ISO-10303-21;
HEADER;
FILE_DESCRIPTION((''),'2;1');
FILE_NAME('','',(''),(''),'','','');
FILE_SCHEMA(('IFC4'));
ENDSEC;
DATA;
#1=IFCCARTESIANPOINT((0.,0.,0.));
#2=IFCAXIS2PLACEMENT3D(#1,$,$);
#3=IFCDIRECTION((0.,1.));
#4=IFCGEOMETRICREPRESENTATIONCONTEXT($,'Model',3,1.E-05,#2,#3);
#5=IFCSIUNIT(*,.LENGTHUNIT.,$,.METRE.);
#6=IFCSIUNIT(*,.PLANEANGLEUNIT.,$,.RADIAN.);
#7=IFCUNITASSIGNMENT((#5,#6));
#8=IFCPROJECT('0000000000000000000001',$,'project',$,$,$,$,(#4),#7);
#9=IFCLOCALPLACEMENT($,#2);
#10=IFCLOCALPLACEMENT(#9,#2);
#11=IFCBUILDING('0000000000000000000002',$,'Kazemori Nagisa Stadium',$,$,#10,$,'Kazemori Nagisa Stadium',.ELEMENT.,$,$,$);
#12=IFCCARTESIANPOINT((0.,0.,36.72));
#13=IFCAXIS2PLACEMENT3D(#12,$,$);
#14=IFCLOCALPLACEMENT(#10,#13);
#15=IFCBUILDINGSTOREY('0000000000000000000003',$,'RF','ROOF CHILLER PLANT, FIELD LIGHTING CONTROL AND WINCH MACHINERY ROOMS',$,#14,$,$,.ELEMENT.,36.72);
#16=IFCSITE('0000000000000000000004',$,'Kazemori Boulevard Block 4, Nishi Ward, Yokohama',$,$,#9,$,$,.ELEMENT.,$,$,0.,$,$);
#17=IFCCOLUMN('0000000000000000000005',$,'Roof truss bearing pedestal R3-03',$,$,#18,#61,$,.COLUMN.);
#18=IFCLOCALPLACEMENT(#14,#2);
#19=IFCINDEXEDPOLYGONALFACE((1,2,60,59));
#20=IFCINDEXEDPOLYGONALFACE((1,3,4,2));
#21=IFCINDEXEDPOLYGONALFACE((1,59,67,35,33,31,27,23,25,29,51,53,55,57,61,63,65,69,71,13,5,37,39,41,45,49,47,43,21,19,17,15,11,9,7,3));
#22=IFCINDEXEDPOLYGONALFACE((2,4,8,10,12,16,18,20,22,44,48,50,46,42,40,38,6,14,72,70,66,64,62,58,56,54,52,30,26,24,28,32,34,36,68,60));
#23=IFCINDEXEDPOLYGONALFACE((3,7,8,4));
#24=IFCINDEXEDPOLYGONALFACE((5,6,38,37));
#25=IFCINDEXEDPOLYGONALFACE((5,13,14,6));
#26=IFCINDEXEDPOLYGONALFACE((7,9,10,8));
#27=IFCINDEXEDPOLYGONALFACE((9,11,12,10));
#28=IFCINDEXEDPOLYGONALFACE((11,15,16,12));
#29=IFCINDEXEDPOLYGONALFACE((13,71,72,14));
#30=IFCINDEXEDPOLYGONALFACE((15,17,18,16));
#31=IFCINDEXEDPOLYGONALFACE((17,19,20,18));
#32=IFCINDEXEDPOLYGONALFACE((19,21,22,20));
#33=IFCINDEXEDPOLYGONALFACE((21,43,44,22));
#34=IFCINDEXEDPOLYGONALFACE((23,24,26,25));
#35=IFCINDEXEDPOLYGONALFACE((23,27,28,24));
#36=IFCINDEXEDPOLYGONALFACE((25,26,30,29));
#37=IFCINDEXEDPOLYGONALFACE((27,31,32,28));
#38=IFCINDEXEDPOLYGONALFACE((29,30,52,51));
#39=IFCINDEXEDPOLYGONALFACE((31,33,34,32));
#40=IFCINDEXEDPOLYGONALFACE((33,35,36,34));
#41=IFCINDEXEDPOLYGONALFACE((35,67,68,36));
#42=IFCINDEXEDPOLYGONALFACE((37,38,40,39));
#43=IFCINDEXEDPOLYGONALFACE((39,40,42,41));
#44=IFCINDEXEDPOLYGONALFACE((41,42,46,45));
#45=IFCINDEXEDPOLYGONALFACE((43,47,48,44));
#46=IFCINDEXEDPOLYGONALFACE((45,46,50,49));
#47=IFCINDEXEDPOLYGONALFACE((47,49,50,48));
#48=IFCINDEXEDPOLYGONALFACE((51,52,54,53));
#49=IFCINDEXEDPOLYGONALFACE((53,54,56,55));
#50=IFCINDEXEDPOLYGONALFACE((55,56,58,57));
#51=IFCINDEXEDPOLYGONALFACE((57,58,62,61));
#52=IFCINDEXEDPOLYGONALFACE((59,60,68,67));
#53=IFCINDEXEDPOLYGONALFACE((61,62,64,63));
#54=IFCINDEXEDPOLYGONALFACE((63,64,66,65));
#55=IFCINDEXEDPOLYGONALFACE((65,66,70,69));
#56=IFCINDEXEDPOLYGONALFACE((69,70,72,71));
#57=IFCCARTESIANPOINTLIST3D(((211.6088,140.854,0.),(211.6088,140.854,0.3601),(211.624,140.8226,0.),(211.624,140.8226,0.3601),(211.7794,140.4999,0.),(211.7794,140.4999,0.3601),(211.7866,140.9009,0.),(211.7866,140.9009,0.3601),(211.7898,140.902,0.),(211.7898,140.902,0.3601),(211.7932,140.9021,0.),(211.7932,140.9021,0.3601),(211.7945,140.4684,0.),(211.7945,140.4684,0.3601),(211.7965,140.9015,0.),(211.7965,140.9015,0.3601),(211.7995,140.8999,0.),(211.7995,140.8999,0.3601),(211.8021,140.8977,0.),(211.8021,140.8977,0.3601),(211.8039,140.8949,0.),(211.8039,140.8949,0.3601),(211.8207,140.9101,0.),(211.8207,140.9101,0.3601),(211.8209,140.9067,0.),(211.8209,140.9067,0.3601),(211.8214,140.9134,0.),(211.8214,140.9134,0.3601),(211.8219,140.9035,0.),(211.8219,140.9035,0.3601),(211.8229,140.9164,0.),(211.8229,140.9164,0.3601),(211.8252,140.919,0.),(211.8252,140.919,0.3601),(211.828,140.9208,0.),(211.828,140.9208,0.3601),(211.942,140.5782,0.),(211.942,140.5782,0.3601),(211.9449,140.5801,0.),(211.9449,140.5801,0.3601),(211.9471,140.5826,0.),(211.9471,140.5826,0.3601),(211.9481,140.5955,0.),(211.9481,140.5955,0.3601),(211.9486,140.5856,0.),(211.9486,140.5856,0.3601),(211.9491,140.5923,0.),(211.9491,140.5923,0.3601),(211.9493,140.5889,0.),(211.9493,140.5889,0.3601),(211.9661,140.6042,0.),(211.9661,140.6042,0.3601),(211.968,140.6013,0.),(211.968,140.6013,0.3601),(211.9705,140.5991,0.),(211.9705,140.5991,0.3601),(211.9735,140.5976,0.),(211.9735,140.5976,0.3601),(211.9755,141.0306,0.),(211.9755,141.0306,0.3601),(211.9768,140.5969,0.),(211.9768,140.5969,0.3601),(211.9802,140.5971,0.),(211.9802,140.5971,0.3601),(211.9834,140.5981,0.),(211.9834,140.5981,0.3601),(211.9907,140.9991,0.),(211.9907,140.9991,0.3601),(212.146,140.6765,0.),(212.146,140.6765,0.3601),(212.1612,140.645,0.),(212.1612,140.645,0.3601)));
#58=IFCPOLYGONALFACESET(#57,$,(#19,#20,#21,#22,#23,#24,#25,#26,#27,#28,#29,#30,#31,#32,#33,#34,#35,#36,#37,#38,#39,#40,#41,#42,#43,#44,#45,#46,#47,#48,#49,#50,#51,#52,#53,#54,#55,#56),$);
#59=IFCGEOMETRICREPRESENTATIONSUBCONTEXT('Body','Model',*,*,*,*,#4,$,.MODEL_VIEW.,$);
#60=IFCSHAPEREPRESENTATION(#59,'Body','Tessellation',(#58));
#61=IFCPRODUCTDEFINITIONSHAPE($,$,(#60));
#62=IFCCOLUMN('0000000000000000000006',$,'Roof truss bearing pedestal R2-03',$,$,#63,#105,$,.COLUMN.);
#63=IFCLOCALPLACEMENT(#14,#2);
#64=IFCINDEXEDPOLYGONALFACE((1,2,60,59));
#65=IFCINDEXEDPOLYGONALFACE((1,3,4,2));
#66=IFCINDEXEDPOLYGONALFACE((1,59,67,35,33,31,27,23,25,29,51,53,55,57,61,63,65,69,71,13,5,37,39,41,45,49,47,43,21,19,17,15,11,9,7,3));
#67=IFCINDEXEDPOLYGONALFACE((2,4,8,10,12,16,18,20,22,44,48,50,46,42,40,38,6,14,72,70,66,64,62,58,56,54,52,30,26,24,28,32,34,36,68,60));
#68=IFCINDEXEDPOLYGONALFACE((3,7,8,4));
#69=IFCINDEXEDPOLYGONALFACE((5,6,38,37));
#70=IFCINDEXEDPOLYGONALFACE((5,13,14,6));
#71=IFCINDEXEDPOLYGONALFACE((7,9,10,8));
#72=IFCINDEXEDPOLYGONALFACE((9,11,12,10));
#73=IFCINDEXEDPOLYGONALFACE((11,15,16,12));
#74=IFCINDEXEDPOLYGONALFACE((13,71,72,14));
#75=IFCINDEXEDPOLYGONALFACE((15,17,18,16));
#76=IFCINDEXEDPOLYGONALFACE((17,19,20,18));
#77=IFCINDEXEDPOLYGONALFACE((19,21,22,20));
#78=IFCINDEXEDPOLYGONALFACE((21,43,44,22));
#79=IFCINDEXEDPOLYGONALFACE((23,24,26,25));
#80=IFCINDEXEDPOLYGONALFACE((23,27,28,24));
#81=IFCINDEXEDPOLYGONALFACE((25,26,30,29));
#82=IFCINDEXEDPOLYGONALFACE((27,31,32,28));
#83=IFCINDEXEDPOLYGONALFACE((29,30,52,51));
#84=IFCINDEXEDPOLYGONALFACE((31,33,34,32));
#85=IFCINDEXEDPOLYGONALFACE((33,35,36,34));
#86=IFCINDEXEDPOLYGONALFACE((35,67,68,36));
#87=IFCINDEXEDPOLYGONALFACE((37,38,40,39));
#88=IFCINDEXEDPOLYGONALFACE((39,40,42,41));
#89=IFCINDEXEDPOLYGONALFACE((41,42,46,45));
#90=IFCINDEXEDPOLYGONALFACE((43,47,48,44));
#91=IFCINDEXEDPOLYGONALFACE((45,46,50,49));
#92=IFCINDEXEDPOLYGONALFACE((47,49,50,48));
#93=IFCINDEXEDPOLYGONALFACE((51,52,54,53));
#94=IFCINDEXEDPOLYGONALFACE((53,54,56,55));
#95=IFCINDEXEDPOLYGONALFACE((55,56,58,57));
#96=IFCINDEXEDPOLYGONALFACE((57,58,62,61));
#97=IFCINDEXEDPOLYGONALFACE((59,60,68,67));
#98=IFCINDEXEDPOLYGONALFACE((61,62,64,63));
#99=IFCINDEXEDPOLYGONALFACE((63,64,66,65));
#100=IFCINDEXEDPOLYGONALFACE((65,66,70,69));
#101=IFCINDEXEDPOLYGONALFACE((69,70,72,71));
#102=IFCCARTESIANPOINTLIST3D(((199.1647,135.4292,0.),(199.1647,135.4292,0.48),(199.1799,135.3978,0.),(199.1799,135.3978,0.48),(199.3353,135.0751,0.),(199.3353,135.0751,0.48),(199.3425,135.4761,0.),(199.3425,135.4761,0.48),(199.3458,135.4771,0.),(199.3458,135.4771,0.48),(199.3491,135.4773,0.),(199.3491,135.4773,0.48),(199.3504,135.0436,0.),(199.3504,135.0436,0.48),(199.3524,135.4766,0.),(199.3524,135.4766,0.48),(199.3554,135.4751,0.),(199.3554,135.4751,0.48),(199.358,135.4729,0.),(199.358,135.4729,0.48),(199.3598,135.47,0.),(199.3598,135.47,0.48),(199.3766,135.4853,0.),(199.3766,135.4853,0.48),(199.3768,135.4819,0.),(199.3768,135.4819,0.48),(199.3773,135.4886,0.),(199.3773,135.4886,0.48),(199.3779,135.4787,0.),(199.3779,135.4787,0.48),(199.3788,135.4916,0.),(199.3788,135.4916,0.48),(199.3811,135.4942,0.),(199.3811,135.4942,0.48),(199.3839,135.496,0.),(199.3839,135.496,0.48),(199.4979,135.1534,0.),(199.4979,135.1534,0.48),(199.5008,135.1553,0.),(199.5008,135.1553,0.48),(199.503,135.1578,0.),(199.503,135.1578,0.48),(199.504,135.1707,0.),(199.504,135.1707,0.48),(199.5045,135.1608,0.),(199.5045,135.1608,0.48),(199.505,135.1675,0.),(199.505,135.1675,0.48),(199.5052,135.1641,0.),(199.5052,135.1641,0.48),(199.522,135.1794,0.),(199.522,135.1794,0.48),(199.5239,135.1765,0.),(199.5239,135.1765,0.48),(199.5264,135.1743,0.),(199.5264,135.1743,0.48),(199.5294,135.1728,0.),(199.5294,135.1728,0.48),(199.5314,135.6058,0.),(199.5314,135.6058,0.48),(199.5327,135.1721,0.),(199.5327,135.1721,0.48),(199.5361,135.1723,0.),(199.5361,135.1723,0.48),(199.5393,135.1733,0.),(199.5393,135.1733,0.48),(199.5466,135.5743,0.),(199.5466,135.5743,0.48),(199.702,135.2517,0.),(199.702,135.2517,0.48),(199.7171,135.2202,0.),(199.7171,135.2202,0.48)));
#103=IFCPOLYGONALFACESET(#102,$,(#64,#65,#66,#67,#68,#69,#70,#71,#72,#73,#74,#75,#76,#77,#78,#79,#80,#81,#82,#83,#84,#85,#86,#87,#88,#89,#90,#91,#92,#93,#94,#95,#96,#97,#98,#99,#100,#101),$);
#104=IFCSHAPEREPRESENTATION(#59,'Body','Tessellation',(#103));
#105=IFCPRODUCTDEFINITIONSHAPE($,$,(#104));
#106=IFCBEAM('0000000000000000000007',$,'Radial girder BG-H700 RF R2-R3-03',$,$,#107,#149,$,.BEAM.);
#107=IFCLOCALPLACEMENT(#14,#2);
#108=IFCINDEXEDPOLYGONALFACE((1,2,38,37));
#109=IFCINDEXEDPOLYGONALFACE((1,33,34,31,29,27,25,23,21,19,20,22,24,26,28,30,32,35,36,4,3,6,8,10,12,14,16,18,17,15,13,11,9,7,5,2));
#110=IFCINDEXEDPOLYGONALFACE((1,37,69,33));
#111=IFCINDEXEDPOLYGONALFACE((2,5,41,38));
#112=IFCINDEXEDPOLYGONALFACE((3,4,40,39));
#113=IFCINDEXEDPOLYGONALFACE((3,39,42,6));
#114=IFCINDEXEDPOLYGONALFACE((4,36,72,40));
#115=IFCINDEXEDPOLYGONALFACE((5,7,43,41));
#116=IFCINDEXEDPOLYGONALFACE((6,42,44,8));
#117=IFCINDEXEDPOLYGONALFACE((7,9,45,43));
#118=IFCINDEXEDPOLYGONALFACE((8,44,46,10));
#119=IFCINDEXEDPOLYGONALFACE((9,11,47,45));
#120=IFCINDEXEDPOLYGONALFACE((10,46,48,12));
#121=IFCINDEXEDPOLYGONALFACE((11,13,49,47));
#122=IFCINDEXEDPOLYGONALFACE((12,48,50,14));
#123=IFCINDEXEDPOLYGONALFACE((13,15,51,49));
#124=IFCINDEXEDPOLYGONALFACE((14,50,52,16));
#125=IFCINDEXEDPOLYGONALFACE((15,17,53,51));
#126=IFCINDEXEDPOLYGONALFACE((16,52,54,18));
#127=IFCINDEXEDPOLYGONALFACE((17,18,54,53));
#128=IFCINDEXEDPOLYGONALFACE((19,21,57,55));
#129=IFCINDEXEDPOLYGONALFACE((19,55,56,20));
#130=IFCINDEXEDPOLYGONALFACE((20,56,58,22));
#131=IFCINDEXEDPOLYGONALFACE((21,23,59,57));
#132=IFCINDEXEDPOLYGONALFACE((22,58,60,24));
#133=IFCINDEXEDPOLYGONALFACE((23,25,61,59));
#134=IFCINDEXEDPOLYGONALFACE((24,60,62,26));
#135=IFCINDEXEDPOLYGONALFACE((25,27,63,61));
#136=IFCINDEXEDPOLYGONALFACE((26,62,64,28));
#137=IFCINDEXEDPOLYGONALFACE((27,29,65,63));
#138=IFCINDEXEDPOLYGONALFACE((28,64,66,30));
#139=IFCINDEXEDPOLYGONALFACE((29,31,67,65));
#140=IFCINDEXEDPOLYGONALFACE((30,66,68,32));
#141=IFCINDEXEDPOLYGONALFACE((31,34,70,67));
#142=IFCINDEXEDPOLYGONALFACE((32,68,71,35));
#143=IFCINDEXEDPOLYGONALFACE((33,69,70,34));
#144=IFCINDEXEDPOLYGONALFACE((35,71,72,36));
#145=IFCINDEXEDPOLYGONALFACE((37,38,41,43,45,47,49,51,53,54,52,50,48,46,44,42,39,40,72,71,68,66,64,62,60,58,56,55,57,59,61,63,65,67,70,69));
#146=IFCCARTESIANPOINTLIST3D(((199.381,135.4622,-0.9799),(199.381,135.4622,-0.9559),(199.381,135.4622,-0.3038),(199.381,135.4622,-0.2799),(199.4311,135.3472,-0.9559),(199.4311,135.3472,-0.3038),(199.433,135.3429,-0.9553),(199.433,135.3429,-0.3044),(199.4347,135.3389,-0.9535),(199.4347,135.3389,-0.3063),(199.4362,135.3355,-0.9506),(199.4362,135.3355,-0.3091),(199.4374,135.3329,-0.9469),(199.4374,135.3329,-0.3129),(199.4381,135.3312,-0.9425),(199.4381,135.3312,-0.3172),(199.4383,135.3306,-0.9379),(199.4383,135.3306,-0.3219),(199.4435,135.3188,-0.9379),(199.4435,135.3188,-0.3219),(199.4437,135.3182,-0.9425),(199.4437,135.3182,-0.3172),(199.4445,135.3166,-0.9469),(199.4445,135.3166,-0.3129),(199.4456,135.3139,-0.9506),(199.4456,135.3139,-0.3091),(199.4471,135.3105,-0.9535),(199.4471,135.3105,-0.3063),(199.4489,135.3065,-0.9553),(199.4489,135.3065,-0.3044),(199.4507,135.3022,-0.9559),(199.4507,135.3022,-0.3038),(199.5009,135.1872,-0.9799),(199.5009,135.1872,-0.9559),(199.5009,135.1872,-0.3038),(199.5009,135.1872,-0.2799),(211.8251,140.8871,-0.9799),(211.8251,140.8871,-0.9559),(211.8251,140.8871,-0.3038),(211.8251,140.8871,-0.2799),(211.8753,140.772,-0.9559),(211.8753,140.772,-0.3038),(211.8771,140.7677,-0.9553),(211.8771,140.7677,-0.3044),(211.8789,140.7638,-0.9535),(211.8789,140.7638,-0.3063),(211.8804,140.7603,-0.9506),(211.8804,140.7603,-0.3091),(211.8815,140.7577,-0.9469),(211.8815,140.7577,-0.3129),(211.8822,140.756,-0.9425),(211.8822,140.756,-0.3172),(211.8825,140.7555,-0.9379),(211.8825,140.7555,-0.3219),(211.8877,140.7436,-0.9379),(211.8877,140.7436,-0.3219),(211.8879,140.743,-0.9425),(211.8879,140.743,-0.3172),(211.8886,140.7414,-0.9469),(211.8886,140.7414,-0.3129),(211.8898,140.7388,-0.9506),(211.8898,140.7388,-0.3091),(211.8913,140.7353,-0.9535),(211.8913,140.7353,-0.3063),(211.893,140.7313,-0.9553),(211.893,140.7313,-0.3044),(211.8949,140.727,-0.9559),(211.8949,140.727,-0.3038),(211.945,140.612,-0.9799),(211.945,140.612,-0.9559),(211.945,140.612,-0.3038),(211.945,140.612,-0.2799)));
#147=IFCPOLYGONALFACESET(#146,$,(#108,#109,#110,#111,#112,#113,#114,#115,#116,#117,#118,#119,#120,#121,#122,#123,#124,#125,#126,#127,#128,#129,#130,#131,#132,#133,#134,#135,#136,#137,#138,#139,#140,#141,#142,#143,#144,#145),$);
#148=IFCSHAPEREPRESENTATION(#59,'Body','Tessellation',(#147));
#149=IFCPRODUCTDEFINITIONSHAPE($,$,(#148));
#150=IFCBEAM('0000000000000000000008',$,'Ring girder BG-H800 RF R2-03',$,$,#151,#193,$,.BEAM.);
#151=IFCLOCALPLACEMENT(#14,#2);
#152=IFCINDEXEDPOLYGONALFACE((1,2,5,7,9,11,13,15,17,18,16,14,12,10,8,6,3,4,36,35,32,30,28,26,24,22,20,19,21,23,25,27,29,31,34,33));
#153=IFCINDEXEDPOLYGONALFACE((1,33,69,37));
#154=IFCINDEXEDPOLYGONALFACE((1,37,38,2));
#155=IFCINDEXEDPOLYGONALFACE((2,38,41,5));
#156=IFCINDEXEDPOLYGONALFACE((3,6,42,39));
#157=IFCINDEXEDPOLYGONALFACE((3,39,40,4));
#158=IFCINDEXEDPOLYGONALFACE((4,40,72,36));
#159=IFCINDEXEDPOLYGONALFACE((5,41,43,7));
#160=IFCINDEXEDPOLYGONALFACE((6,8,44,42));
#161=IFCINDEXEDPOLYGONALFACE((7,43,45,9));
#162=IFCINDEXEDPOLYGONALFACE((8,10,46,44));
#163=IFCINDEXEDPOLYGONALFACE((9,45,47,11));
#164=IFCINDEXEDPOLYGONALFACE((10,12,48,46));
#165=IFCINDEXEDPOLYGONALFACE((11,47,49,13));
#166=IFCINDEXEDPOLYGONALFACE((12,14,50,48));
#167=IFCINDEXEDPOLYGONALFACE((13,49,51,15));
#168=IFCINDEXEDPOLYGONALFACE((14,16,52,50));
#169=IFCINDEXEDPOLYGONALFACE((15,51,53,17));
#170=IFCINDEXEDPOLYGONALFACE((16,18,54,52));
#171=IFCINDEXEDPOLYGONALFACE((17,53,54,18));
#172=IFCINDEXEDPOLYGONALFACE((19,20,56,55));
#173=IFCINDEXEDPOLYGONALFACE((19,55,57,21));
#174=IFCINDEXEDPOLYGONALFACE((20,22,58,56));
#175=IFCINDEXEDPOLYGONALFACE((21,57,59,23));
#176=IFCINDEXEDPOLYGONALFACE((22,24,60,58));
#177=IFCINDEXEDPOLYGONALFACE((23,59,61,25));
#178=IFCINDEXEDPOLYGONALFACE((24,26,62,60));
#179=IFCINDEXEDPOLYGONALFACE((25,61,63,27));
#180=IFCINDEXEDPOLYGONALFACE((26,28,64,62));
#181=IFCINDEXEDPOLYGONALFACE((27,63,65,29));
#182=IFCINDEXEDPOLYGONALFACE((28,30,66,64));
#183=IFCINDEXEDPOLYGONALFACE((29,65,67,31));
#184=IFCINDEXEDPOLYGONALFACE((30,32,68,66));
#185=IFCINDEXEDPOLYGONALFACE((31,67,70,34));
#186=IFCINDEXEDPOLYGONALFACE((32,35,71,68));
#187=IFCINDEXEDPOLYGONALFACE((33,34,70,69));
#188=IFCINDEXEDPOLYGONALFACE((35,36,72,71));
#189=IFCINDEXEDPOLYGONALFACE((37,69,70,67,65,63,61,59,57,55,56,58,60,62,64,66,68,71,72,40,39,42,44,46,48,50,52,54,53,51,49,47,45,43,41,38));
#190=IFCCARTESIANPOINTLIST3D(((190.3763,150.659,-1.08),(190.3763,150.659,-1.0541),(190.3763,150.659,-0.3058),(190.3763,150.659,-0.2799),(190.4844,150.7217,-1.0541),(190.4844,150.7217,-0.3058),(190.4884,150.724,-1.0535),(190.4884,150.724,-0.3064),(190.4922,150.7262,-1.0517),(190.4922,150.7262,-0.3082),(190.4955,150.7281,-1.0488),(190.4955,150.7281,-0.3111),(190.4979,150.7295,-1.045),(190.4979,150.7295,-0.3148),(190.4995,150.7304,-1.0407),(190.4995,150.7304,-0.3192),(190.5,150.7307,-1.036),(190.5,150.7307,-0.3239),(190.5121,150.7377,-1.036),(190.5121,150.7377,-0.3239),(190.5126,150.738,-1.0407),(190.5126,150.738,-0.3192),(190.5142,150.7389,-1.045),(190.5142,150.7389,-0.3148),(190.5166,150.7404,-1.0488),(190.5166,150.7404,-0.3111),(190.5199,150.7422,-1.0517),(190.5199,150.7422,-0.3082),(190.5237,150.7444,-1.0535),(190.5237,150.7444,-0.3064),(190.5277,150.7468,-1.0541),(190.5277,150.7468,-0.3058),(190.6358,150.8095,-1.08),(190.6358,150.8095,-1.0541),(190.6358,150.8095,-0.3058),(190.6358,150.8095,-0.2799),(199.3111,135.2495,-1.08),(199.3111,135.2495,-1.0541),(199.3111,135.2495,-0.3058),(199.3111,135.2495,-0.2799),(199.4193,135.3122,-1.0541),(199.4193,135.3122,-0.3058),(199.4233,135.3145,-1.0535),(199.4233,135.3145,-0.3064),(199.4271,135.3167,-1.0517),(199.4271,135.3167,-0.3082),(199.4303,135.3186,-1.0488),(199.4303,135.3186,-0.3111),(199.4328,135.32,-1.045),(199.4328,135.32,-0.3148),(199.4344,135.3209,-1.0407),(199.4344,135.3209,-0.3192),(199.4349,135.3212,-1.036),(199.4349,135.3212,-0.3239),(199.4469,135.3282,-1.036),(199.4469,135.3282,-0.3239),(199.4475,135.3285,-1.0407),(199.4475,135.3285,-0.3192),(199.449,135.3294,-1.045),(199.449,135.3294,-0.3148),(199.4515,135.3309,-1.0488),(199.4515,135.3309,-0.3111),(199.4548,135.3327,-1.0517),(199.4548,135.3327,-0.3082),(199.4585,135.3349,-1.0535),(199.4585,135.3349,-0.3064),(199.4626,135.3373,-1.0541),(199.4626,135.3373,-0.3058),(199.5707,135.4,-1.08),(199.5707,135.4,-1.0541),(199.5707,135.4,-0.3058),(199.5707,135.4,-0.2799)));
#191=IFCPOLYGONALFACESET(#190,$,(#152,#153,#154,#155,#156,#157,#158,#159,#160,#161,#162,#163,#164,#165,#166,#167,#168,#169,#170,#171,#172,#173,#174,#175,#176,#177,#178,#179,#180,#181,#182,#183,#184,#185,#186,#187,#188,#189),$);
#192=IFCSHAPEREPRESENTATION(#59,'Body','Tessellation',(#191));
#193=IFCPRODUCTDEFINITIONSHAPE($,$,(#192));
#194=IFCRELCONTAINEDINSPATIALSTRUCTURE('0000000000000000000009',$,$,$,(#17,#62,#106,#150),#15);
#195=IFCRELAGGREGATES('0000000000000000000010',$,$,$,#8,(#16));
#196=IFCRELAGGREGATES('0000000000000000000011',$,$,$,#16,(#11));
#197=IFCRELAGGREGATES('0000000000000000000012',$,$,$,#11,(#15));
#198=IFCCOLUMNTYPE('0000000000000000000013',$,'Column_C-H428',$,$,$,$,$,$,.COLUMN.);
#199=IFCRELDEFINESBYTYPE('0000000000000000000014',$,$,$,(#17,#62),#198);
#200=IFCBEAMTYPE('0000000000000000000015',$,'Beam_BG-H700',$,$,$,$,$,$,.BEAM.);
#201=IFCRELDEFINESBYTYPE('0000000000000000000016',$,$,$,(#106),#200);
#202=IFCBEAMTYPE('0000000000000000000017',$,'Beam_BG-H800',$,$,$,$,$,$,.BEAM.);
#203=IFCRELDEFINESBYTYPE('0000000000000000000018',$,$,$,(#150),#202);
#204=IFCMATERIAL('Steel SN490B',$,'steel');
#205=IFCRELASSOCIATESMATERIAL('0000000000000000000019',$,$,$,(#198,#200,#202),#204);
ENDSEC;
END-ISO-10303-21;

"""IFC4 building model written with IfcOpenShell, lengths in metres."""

from ifc_helpers import new_model, si_unit, direction, frame, origin, origin_2d, place, context, subcontext, project, spatial, i_section, extrude, material, material_profile, profile_set, type_object, element, save


model = new_model("IFC4")

# Units and contexts
model_context = context("Model", 3, precision=1e-05, world=origin(), true_north=direction((0.0, 1.0)))
body_context = subcontext(model_context, "Body", "Model", "MODEL_VIEW")
ifc_project = project(units=[si_unit("LENGTHUNIT", "METRE"), si_unit("PLANEANGLEUNIT", "RADIAN")], contexts=[model_context])

# Site, building, storey
site_placement = place(None, origin())
site = spatial("IfcSite", under=ifc_project, at=site_placement, Name="Kazemori Boulevard Block 4, Nishi Ward, Yokohama", CompositionType="ELEMENT", RefElevation=0.0)
building_placement = place(site_placement, origin())
building = spatial("IfcBuilding", under=site, at=building_placement, Name="Kazemori Nagisa Stadium", LongName="Kazemori Nagisa Stadium", CompositionType="ELEMENT")
storey_placement = place(building_placement, frame((0.0, 0.0, 36.72)))
storey = spatial("IfcBuildingStorey", under=building, at=storey_placement, Name="RF", Description="ROOF CHILLER PLANT, FIELD LIGHTING CONTROL AND WINCH MACHINERY ROOMS", CompositionType="ELEMENT", Elevation=36.72)

# Columns
ifc_material_1 = material(Name="Steel SN490B", Category="steel")
ifc_material_profile_1 = material_profile(ifc_material_1, i_section(OverallWidth=0.407, OverallDepth=0.428, WebThickness=0.02, FlangeThickness=0.0349, FilletRadius=0.0129, at=origin_2d()), Name="H-428x407x20x35")
ifc_profile_set_1 = profile_set([ifc_material_profile_1], Name="Steel SN490B")
column_type = type_object("IfcColumnType", Name="Column_C-H428", PredefinedType="COLUMN", material=ifc_profile_set_1)
column_1_placement = place(storey_placement, frame((211.885, 140.7495, 0.0), z_axis=(0.0, 0.0, 1.0), x_axis=(0.900969, 0.433884, 0.0)))
element("IfcColumn", 1, at=column_1_placement, inside=storey, type_object=column_type, Name="Roof truss bearing pedestal R3-03", PredefinedType="COLUMN", context=body_context, shape_type="SweptSolid", body=[
    extrude(i_section(OverallWidth=0.407, OverallDepth=0.428, WebThickness=0.02, FlangeThickness=0.0349, FilletRadius=0.0129, at=origin_2d()), origin(), (0.0, 0.0, 1.0), 0.3601),
])
column_2_placement = place(storey_placement, frame((199.4409, 135.3247, 0.0), z_axis=(0.0, 0.0, 1.0), x_axis=(0.900969, 0.433884, 0.0)))
element("IfcColumn", 2, at=column_2_placement, inside=storey, type_object=column_type, Name="Roof truss bearing pedestal R2-03", PredefinedType="COLUMN", context=body_context, shape_type="SweptSolid", body=[
    extrude(i_section(OverallWidth=0.407, OverallDepth=0.428, WebThickness=0.02, FlangeThickness=0.0349, FilletRadius=0.0129, at=origin_2d()), origin(), (0.0, 0.0, 1.0), 0.48),
])

# Beams
ifc_material_profile_2 = material_profile(ifc_material_1, i_section(OverallWidth=0.3, OverallDepth=0.7, WebThickness=0.0129, FlangeThickness=0.0239, FilletRadius=0.0181, at=origin_2d()), Name="H-700x300x13x24")
ifc_profile_set_2 = profile_set([ifc_material_profile_2], Name="Steel SN490B")
beam_type_1 = type_object("IfcBeamType", Name="Beam_BG-H700", PredefinedType="BEAM", material=ifc_profile_set_2)
beam_1_placement = place(storey_placement, frame((199.4409, 135.3247, -0.6299), z_axis=(0.916684, 0.399614, 0.0), x_axis=(-0.399614, 0.916684, 0.0)))
element("IfcBeam", 3, at=beam_1_placement, inside=storey, type_object=beam_type_1, Name="Radial girder BG-H700 RF R2-R3-03", PredefinedType="BEAM", context=body_context, shape_type="SweptSolid", body=[
    extrude(i_section(OverallWidth=0.3, OverallDepth=0.7, WebThickness=0.0129, FlangeThickness=0.0239, FilletRadius=0.0181, at=origin_2d()), origin(), (0.0, 0.0, 1.0), 13.5752),
])
ifc_material_profile_3 = material_profile(ifc_material_1, i_section(OverallWidth=0.3, OverallDepth=0.8, WebThickness=0.0139, FlangeThickness=0.0259, FilletRadius=0.0181, at=origin_2d()), Name="H-800x300x14x26")
ifc_profile_set_3 = profile_set([ifc_material_profile_3], Name="Steel SN490B")
beam_type_2 = type_object("IfcBeamType", Name="Beam_BG-H800", PredefinedType="BEAM", material=ifc_profile_set_3)
beam_2_placement = place(storey_placement, frame((199.4409, 135.3247, -0.6799), z_axis=(-0.501607, 0.865096, 0.0), x_axis=(-0.865096, -0.501607, 0.0)))
element("IfcBeam", 4, at=beam_2_placement, inside=storey, type_object=beam_type_2, Name="Ring girder BG-H800 RF R2-03", PredefinedType="BEAM", context=body_context, shape_type="SweptSolid", body=[
    extrude(i_section(OverallWidth=0.3, OverallDepth=0.8, WebThickness=0.0139, FlangeThickness=0.0259, FilletRadius=0.0181, at=origin_2d()), origin(), (0.0, 0.0, 1.0), 17.8125),
])

save(model, "model.ifc")
